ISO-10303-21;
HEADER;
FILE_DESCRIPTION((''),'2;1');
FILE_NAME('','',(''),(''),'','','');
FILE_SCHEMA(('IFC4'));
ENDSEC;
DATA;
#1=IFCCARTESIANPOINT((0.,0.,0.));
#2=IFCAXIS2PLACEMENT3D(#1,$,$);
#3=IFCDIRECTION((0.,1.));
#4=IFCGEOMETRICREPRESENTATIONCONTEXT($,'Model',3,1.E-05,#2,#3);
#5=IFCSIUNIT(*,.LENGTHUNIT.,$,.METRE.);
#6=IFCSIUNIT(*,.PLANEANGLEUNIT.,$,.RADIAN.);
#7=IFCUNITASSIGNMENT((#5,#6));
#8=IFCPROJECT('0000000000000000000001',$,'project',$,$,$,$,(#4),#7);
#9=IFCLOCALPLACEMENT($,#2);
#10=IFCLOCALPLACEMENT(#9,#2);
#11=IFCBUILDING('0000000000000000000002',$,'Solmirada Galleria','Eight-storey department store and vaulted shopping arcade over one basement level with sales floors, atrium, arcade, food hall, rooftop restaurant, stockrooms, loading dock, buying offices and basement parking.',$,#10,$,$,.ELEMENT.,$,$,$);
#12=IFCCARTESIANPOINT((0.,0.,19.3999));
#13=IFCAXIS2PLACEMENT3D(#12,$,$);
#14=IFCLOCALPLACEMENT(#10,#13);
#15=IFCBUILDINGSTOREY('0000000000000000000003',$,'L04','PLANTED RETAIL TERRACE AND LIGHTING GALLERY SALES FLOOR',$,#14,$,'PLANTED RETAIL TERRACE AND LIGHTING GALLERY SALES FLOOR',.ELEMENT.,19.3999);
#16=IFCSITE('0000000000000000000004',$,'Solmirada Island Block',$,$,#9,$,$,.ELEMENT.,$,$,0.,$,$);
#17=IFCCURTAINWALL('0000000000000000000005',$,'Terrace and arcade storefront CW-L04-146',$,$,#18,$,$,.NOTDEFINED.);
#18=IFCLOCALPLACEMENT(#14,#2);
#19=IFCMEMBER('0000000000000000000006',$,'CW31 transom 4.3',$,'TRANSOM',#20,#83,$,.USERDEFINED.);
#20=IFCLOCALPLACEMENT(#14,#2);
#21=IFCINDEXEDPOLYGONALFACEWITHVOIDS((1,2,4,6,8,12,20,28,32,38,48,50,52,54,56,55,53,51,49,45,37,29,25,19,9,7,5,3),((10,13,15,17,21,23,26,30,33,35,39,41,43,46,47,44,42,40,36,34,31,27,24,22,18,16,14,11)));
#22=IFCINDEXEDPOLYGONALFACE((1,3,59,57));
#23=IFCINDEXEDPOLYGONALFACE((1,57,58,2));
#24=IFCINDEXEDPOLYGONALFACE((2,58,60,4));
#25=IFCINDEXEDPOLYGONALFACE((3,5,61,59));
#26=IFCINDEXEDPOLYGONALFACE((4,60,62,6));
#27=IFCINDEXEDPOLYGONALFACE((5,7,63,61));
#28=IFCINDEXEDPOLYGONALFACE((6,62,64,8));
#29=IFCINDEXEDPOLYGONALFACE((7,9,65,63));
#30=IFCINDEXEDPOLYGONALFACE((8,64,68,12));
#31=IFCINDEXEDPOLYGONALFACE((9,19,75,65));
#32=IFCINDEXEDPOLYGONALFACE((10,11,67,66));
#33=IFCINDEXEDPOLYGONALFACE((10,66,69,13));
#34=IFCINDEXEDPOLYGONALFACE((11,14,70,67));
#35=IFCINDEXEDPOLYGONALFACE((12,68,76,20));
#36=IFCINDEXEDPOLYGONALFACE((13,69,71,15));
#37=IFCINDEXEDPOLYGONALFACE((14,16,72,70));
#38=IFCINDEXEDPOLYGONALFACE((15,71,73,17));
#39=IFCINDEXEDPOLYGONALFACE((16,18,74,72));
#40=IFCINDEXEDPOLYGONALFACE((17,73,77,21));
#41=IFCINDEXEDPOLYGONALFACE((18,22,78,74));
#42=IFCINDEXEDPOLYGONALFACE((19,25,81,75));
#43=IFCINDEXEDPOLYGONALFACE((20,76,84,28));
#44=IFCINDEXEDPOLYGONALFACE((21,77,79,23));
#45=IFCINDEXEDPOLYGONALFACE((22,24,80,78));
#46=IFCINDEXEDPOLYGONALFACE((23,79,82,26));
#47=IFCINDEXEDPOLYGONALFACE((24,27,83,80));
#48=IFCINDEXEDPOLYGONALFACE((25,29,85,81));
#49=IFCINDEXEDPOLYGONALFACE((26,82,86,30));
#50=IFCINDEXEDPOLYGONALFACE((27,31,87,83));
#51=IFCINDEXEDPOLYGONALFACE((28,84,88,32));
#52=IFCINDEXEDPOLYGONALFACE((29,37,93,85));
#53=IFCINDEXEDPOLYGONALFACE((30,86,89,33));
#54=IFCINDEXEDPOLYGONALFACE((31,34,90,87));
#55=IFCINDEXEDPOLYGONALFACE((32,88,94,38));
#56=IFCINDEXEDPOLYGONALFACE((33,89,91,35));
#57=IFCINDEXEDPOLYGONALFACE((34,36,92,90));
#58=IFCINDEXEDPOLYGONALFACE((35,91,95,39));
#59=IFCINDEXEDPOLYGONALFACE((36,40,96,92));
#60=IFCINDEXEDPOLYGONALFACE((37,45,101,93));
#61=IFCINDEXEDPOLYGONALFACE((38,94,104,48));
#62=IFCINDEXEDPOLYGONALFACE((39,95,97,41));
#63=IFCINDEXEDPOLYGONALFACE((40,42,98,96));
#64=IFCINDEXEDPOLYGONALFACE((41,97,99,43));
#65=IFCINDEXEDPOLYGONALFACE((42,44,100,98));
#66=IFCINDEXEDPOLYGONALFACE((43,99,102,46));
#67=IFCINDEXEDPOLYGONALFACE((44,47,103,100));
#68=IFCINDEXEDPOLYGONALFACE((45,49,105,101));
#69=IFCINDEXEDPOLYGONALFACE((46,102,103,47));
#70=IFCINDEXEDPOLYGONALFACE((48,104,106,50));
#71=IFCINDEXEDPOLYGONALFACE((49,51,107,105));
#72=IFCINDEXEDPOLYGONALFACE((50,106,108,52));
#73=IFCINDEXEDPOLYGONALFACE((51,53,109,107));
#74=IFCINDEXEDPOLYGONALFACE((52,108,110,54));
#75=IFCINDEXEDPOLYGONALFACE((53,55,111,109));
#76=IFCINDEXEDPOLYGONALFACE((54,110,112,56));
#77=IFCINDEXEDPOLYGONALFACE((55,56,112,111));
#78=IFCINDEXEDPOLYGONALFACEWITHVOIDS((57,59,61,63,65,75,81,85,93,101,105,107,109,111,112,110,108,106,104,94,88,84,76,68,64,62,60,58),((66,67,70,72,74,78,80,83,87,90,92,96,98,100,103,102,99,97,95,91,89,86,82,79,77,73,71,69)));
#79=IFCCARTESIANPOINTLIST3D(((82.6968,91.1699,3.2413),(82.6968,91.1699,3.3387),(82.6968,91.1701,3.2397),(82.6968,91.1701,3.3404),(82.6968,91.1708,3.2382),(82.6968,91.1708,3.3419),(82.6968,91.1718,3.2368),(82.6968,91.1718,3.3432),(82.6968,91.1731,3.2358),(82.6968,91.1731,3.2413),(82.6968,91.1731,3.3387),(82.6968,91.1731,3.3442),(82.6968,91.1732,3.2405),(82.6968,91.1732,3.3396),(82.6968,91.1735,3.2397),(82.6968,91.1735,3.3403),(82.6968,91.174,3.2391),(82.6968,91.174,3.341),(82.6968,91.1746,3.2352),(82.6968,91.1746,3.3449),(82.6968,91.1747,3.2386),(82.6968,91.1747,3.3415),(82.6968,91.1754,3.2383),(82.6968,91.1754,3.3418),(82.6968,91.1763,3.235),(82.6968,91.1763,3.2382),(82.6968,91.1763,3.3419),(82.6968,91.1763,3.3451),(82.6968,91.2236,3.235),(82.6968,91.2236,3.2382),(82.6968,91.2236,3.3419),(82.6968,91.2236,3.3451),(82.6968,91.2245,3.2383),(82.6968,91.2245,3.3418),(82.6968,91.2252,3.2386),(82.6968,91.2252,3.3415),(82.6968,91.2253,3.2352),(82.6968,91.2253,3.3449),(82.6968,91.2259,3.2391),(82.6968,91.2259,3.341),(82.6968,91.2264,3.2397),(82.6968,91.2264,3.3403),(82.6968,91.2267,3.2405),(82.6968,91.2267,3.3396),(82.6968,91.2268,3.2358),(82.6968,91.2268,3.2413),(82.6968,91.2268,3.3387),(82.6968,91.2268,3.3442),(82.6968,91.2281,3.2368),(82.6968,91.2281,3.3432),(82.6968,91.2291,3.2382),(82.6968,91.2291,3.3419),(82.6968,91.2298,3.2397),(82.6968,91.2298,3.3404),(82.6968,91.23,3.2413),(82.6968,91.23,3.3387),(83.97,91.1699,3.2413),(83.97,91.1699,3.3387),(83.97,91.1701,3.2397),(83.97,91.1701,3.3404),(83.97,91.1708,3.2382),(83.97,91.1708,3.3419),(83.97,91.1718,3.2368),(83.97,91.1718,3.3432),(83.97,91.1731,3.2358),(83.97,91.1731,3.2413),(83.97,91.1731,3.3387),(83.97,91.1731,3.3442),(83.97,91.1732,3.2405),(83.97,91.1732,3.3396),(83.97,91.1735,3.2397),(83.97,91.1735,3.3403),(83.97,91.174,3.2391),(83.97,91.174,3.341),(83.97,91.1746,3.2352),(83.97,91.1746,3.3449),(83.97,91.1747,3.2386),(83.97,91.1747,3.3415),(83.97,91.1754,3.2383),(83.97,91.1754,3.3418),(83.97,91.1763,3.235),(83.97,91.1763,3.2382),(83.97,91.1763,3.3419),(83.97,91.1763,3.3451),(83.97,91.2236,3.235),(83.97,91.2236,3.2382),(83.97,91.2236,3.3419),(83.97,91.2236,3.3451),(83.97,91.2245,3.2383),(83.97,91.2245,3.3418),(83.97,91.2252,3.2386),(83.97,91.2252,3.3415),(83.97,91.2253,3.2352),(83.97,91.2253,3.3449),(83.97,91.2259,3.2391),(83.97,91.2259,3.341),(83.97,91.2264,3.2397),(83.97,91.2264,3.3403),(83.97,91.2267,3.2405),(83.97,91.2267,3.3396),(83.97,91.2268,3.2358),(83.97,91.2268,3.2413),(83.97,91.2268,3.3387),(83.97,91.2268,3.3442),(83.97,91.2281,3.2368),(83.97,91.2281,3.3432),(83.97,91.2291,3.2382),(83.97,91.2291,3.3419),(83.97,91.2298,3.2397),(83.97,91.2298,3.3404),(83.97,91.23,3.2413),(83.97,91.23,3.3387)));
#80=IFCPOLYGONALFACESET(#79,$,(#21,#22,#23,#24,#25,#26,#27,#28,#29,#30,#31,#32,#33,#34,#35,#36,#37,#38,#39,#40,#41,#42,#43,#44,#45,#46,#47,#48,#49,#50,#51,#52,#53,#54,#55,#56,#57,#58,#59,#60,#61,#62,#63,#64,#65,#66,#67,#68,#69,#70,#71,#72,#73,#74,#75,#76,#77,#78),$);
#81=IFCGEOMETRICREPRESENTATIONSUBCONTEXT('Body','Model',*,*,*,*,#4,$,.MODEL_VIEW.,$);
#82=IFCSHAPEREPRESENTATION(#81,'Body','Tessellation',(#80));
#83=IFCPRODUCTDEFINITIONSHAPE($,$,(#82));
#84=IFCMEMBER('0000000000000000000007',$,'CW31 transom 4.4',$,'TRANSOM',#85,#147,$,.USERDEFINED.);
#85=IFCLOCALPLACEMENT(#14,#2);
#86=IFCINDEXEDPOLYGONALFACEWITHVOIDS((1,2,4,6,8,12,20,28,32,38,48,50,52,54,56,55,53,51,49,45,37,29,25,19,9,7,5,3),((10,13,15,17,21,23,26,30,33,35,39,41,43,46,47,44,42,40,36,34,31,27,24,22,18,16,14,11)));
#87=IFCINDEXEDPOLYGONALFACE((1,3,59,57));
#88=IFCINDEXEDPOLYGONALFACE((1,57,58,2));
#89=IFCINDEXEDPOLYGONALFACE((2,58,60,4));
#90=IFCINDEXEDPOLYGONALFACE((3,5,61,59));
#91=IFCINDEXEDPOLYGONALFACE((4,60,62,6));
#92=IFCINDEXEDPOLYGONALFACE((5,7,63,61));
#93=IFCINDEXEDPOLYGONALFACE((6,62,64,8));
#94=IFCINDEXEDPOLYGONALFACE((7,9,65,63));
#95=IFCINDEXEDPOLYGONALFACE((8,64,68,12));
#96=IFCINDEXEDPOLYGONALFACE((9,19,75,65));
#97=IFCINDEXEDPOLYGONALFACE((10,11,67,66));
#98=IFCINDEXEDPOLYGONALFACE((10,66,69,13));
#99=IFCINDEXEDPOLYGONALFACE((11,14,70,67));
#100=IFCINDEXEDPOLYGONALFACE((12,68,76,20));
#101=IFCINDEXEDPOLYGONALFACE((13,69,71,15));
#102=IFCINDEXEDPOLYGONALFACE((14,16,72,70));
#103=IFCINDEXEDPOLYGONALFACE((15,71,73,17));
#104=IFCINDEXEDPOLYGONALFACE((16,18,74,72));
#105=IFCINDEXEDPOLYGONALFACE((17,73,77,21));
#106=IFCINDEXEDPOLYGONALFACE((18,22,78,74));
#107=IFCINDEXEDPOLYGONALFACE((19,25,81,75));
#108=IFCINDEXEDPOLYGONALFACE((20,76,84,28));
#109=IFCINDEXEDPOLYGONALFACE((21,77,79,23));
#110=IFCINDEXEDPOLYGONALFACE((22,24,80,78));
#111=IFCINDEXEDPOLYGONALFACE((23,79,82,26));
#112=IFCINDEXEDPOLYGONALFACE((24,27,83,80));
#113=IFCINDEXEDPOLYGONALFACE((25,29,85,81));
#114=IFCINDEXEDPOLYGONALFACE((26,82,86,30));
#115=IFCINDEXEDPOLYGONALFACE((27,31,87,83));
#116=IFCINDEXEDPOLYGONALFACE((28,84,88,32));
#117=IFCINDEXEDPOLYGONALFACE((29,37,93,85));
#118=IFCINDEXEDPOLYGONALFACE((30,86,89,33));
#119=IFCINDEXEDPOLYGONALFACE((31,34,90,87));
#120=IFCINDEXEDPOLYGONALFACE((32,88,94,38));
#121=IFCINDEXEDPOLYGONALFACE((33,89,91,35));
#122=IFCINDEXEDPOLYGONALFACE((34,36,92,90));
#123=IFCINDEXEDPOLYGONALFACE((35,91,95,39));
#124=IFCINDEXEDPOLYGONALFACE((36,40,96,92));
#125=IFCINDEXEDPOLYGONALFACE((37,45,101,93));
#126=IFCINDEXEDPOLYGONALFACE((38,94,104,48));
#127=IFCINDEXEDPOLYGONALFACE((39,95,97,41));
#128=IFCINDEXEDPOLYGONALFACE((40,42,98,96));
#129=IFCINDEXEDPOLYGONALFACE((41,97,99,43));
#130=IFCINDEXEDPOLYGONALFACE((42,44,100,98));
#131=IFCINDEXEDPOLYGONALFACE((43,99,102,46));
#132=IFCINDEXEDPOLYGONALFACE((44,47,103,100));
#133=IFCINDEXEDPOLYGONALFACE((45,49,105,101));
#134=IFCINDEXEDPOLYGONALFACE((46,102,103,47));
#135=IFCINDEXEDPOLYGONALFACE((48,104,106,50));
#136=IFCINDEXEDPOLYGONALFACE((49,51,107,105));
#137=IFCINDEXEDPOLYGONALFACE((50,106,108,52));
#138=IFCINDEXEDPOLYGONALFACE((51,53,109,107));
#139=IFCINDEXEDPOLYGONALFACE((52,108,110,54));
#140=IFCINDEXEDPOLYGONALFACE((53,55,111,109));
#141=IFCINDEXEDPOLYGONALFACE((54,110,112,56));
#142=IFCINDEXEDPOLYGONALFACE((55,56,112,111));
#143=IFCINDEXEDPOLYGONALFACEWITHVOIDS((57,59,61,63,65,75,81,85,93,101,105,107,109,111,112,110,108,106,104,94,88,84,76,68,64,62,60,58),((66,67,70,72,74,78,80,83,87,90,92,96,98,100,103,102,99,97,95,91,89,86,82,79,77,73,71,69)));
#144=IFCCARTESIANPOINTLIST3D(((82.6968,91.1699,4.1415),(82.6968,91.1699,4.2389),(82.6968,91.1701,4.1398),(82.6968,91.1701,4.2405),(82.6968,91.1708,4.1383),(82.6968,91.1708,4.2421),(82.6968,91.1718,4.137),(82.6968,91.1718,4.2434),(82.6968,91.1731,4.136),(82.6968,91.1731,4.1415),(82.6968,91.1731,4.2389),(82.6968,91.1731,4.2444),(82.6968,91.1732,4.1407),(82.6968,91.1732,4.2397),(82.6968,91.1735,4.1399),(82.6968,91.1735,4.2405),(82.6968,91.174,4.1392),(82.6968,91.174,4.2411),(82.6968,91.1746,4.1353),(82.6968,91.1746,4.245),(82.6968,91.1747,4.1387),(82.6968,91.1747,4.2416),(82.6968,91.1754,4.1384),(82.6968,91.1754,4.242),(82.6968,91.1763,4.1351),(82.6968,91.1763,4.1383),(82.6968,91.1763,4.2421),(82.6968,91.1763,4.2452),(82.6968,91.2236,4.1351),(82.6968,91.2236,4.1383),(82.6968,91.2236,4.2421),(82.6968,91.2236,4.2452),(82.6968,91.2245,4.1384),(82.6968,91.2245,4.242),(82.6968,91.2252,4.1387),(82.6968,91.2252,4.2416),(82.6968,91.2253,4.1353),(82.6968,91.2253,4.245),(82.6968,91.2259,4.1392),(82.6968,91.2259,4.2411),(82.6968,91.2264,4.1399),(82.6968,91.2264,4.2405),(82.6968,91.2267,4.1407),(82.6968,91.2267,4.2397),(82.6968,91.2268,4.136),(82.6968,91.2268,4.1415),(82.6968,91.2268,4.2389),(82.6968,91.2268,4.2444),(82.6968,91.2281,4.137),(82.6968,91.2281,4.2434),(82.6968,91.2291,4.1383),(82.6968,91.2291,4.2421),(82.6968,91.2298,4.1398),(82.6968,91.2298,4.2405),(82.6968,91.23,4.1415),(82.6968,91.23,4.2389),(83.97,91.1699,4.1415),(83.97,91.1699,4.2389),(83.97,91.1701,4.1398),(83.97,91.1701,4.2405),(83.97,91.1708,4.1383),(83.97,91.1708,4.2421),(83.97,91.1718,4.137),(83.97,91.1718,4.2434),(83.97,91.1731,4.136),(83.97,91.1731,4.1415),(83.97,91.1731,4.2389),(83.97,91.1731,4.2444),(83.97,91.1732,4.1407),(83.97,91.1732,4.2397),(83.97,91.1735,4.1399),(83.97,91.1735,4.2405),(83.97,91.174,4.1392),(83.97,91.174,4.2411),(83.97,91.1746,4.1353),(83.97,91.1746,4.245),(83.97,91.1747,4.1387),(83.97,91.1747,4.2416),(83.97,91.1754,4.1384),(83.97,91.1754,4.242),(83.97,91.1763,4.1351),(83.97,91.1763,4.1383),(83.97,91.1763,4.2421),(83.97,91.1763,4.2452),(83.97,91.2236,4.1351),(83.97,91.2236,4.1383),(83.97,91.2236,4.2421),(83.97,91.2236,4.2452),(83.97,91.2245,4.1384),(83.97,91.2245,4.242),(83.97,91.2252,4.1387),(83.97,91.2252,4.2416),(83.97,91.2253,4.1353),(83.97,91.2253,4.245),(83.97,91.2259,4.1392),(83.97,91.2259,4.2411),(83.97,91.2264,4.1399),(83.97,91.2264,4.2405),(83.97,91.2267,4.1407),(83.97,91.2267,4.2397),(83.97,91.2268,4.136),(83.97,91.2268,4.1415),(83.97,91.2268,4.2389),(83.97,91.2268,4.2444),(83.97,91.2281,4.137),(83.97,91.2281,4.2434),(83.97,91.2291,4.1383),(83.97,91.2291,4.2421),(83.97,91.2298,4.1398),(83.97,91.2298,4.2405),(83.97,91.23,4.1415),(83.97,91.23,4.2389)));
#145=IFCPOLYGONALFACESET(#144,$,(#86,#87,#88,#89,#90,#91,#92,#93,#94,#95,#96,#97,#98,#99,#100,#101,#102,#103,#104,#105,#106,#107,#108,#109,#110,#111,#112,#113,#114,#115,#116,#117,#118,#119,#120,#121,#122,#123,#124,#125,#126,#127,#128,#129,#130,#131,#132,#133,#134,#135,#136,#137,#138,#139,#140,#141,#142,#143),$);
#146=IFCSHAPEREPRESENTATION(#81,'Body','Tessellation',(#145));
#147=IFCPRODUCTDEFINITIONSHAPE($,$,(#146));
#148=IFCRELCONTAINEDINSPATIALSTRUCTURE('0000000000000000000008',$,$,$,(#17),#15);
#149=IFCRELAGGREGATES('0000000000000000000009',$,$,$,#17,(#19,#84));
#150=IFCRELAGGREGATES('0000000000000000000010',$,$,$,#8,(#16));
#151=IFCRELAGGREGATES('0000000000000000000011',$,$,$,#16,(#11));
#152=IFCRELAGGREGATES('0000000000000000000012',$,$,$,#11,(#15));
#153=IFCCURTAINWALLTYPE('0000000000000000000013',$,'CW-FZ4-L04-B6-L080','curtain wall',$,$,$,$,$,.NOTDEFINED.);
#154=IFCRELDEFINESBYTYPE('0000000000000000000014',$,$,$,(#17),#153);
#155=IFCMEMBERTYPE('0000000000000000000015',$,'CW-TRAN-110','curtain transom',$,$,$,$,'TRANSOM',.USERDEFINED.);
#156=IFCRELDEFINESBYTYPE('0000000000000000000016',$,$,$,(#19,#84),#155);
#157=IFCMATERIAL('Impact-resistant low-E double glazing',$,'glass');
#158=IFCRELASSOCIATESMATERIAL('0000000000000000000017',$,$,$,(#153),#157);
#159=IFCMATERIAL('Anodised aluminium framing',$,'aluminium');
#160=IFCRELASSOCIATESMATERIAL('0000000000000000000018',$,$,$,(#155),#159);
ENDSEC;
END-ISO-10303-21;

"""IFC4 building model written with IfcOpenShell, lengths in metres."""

from ifc_helpers import new_model, si_unit, direction, frame, origin, origin_2d, place, context, subcontext, project, spatial, hollow_rectangle, extrude, material, material_profile, profile_set, type_object, element, aggregate, save


model = new_model("IFC4")

# Units and contexts
model_context = context("Model", 3, precision=1e-05, world=origin(), true_north=direction((0.0, 1.0)))
body_context = subcontext(model_context, "Body", "Model", "MODEL_VIEW")
ifc_project = project(units=[si_unit("LENGTHUNIT", "METRE"), si_unit("PLANEANGLEUNIT", "RADIAN")], contexts=[model_context])

# Site, building, storey
site_placement = place(None, origin())
site = spatial("IfcSite", under=ifc_project, at=site_placement, Name="Solmirada Island Block", CompositionType="ELEMENT", RefElevation=0.0)
building_placement = place(site_placement, origin())
building = spatial("IfcBuilding", under=site, at=building_placement, Name="Solmirada Galleria", Description="Eight-storey department store and vaulted shopping arcade over one basement level with sales floors, atrium, arcade, food hall, rooftop restaurant, stockrooms, loading dock, buying offices and basement parking.", CompositionType="ELEMENT")
storey_placement = place(building_placement, frame((0.0, 0.0, 19.3999)))
storey = spatial("IfcBuildingStorey", under=building, at=storey_placement, Name="L04", Description="PLANTED RETAIL TERRACE AND LIGHTING GALLERY SALES FLOOR", LongName="PLANTED RETAIL TERRACE AND LIGHTING GALLERY SALES FLOOR", CompositionType="ELEMENT", Elevation=19.3999)

# Curtain wall, members
ifc_material_1 = material(Name="Impact-resistant low-E double glazing", Category="glass")
curtain_wall_type = type_object("IfcCurtainWallType", Name="CW-FZ4-L04-B6-L080", Description="curtain wall", PredefinedType="NOTDEFINED", material=ifc_material_1)
curtain_wall_placement = place(storey_placement, origin())
curtain_wall = element("IfcCurtainWall", 1, at=curtain_wall_placement, inside=storey, type_object=curtain_wall_type, Name="Terrace and arcade storefront CW-L04-146", PredefinedType="NOTDEFINED")
ifc_material_2 = material(Name="Anodised aluminium framing", Category="aluminium")
ifc_material_profile_1 = material_profile(ifc_material_2, hollow_rectangle(XDim=0.0601, YDim=0.1101, WallThickness=0.0032, InnerFilletRadius=0.0032, OuterFilletRadius=0.0063, at=origin_2d()), Name="ALU-TRAN-110X60")
ifc_profile_set_1 = profile_set([ifc_material_profile_1], Name="Anodised aluminium framing")
member_type_1 = type_object("IfcMemberType", Name="CW-TRAN-110", Description="curtain transom", ElementType="TRANSOM", PredefinedType="USERDEFINED", material=ifc_profile_set_1)
member_1_placement = place(storey_placement, frame((83.97, 91.2, 3.29), z_axis=(-1.0, 0.0, 0.0), x_axis=(0.0, -1.0, 0.0)))
member_1 = element("IfcMember", 2, at=member_1_placement, type_object=member_type_1, Name="CW31 transom 4.3", ObjectType="TRANSOM", PredefinedType="USERDEFINED", context=body_context, shape_type="SweptSolid", body=[
    extrude(hollow_rectangle(XDim=0.0601, YDim=0.1101, WallThickness=0.0032, InnerFilletRadius=0.0032, OuterFilletRadius=0.0063, at=origin_2d()), origin(), (0.0, 0.0, 1.0), 1.2732),
])
member_2_placement = place(storey_placement, frame((83.97, 91.2, 4.1902), z_axis=(-1.0, 0.0, 0.0), x_axis=(0.0, -1.0, 0.0)))
member_2 = element("IfcMember", 3, at=member_2_placement, type_object=member_type_1, Name="CW31 transom 4.4", ObjectType="TRANSOM", PredefinedType="USERDEFINED", context=body_context, shape_type="SweptSolid", body=[
    extrude(hollow_rectangle(XDim=0.0601, YDim=0.1101, WallThickness=0.0032, InnerFilletRadius=0.0032, OuterFilletRadius=0.0063, at=origin_2d()), origin(), (0.0, 0.0, 1.0), 1.2732),
])
aggregate(curtain_wall, [member_1, member_2])

save(model, "model.ifc")
